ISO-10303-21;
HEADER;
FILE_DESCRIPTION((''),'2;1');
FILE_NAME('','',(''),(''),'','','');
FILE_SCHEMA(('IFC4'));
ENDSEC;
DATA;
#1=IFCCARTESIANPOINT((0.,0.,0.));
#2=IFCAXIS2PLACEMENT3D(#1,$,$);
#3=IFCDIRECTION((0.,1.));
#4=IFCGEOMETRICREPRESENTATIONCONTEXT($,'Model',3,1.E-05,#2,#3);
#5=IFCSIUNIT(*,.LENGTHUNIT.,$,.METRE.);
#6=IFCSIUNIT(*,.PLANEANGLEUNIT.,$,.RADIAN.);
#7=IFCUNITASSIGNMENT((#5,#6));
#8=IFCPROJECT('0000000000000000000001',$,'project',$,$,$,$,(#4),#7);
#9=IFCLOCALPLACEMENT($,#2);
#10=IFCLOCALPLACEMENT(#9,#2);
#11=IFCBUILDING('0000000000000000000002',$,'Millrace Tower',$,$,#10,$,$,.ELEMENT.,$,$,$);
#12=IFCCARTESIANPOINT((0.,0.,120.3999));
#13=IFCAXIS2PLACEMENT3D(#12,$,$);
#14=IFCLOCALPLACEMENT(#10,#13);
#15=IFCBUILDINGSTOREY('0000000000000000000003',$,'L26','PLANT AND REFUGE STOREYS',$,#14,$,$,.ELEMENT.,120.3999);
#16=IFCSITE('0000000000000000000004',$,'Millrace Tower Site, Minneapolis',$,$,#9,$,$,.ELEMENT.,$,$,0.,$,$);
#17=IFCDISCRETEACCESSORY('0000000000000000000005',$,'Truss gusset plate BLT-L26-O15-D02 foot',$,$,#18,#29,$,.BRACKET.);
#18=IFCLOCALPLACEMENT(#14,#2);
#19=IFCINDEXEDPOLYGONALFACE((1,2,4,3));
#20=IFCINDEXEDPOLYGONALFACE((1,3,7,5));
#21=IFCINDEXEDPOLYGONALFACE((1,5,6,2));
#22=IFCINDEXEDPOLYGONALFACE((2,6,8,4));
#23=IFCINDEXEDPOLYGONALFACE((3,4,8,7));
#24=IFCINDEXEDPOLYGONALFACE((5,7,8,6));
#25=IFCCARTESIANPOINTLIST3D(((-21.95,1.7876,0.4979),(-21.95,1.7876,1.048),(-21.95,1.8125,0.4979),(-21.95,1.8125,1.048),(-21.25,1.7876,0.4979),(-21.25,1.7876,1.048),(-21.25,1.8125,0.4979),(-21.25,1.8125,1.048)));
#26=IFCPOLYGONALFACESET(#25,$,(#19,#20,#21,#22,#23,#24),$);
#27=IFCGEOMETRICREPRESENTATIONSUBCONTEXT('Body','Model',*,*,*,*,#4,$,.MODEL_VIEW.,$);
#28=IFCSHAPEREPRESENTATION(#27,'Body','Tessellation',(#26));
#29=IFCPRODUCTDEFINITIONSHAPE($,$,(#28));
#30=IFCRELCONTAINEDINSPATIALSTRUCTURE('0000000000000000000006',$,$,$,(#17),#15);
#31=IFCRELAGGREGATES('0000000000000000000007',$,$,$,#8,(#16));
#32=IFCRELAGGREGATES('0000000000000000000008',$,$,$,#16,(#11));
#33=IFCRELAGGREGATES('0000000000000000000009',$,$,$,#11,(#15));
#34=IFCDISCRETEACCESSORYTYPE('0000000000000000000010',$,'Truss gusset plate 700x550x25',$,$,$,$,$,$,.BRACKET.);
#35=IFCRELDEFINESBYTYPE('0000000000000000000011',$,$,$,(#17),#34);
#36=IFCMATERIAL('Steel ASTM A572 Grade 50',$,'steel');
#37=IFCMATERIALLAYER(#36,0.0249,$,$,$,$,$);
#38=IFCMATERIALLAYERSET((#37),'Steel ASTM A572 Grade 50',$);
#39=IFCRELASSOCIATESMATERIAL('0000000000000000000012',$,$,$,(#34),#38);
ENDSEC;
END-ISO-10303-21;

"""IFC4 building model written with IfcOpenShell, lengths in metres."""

from ifc_helpers import new_model, si_unit, direction, frame, origin, origin_2d, place, context, subcontext, project, spatial, rectangle, extrude, material, layer, layer_set, type_object, element, save


model = new_model("IFC4")

# Units and contexts
model_context = context("Model", 3, precision=1e-05, world=origin(), true_north=direction((0.0, 1.0)))
body_context = subcontext(model_context, "Body", "Model", "MODEL_VIEW")
ifc_project = project(units=[si_unit("LENGTHUNIT", "METRE"), si_unit("PLANEANGLEUNIT", "RADIAN")], contexts=[model_context])

# Site, building, storey
site_placement = place(None, origin())
site = spatial("IfcSite", under=ifc_project, at=site_placement, Name="Millrace Tower Site, Minneapolis", CompositionType="ELEMENT", RefElevation=0.0)
building_placement = place(site_placement, origin())
building = spatial("IfcBuilding", under=site, at=building_placement, Name="Millrace Tower", CompositionType="ELEMENT")
storey_placement = place(building_placement, frame((0.0, 0.0, 120.3999)))
storey = spatial("IfcBuildingStorey", under=building, at=storey_placement, Name="L26", Description="PLANT AND REFUGE STOREYS", CompositionType="ELEMENT", Elevation=120.3999)

# Discrete accessory
ifc_material_1 = material(Name="Steel ASTM A572 Grade 50", Category="steel")
ifc_layer_1 = layer(ifc_material_1, 0.0249)
ifc_layer_set_1 = layer_set([ifc_layer_1], Name="Steel ASTM A572 Grade 50")
discrete_accessory_type_1 = type_object("IfcDiscreteAccessoryType", Name="Truss gusset plate 700x550x25", PredefinedType="BRACKET", material=ifc_layer_set_1)
for number, where, z_axis, x_axis, name in (
    (1, (-21.95, 1.8, 0.7729), (1.0, 0.0, 0.0), (0.0, 1.0, 0.0), "Truss gusset plate BLT-L26-O15-D02 foot"),
):
    element("IfcDiscreteAccessory", number, at=place(storey_placement, frame(where, z_axis=z_axis, x_axis=x_axis)), inside=storey, type_object=discrete_accessory_type_1, Name=name, PredefinedType="BRACKET", context=body_context, shape_type="SweptSolid", body=[
        extrude(rectangle(XDim=0.0249, YDim=0.55, at=origin_2d()), origin(), (0.0, 0.0, 1.0), 0.7),
    ])

save(model, "model.ifc")
